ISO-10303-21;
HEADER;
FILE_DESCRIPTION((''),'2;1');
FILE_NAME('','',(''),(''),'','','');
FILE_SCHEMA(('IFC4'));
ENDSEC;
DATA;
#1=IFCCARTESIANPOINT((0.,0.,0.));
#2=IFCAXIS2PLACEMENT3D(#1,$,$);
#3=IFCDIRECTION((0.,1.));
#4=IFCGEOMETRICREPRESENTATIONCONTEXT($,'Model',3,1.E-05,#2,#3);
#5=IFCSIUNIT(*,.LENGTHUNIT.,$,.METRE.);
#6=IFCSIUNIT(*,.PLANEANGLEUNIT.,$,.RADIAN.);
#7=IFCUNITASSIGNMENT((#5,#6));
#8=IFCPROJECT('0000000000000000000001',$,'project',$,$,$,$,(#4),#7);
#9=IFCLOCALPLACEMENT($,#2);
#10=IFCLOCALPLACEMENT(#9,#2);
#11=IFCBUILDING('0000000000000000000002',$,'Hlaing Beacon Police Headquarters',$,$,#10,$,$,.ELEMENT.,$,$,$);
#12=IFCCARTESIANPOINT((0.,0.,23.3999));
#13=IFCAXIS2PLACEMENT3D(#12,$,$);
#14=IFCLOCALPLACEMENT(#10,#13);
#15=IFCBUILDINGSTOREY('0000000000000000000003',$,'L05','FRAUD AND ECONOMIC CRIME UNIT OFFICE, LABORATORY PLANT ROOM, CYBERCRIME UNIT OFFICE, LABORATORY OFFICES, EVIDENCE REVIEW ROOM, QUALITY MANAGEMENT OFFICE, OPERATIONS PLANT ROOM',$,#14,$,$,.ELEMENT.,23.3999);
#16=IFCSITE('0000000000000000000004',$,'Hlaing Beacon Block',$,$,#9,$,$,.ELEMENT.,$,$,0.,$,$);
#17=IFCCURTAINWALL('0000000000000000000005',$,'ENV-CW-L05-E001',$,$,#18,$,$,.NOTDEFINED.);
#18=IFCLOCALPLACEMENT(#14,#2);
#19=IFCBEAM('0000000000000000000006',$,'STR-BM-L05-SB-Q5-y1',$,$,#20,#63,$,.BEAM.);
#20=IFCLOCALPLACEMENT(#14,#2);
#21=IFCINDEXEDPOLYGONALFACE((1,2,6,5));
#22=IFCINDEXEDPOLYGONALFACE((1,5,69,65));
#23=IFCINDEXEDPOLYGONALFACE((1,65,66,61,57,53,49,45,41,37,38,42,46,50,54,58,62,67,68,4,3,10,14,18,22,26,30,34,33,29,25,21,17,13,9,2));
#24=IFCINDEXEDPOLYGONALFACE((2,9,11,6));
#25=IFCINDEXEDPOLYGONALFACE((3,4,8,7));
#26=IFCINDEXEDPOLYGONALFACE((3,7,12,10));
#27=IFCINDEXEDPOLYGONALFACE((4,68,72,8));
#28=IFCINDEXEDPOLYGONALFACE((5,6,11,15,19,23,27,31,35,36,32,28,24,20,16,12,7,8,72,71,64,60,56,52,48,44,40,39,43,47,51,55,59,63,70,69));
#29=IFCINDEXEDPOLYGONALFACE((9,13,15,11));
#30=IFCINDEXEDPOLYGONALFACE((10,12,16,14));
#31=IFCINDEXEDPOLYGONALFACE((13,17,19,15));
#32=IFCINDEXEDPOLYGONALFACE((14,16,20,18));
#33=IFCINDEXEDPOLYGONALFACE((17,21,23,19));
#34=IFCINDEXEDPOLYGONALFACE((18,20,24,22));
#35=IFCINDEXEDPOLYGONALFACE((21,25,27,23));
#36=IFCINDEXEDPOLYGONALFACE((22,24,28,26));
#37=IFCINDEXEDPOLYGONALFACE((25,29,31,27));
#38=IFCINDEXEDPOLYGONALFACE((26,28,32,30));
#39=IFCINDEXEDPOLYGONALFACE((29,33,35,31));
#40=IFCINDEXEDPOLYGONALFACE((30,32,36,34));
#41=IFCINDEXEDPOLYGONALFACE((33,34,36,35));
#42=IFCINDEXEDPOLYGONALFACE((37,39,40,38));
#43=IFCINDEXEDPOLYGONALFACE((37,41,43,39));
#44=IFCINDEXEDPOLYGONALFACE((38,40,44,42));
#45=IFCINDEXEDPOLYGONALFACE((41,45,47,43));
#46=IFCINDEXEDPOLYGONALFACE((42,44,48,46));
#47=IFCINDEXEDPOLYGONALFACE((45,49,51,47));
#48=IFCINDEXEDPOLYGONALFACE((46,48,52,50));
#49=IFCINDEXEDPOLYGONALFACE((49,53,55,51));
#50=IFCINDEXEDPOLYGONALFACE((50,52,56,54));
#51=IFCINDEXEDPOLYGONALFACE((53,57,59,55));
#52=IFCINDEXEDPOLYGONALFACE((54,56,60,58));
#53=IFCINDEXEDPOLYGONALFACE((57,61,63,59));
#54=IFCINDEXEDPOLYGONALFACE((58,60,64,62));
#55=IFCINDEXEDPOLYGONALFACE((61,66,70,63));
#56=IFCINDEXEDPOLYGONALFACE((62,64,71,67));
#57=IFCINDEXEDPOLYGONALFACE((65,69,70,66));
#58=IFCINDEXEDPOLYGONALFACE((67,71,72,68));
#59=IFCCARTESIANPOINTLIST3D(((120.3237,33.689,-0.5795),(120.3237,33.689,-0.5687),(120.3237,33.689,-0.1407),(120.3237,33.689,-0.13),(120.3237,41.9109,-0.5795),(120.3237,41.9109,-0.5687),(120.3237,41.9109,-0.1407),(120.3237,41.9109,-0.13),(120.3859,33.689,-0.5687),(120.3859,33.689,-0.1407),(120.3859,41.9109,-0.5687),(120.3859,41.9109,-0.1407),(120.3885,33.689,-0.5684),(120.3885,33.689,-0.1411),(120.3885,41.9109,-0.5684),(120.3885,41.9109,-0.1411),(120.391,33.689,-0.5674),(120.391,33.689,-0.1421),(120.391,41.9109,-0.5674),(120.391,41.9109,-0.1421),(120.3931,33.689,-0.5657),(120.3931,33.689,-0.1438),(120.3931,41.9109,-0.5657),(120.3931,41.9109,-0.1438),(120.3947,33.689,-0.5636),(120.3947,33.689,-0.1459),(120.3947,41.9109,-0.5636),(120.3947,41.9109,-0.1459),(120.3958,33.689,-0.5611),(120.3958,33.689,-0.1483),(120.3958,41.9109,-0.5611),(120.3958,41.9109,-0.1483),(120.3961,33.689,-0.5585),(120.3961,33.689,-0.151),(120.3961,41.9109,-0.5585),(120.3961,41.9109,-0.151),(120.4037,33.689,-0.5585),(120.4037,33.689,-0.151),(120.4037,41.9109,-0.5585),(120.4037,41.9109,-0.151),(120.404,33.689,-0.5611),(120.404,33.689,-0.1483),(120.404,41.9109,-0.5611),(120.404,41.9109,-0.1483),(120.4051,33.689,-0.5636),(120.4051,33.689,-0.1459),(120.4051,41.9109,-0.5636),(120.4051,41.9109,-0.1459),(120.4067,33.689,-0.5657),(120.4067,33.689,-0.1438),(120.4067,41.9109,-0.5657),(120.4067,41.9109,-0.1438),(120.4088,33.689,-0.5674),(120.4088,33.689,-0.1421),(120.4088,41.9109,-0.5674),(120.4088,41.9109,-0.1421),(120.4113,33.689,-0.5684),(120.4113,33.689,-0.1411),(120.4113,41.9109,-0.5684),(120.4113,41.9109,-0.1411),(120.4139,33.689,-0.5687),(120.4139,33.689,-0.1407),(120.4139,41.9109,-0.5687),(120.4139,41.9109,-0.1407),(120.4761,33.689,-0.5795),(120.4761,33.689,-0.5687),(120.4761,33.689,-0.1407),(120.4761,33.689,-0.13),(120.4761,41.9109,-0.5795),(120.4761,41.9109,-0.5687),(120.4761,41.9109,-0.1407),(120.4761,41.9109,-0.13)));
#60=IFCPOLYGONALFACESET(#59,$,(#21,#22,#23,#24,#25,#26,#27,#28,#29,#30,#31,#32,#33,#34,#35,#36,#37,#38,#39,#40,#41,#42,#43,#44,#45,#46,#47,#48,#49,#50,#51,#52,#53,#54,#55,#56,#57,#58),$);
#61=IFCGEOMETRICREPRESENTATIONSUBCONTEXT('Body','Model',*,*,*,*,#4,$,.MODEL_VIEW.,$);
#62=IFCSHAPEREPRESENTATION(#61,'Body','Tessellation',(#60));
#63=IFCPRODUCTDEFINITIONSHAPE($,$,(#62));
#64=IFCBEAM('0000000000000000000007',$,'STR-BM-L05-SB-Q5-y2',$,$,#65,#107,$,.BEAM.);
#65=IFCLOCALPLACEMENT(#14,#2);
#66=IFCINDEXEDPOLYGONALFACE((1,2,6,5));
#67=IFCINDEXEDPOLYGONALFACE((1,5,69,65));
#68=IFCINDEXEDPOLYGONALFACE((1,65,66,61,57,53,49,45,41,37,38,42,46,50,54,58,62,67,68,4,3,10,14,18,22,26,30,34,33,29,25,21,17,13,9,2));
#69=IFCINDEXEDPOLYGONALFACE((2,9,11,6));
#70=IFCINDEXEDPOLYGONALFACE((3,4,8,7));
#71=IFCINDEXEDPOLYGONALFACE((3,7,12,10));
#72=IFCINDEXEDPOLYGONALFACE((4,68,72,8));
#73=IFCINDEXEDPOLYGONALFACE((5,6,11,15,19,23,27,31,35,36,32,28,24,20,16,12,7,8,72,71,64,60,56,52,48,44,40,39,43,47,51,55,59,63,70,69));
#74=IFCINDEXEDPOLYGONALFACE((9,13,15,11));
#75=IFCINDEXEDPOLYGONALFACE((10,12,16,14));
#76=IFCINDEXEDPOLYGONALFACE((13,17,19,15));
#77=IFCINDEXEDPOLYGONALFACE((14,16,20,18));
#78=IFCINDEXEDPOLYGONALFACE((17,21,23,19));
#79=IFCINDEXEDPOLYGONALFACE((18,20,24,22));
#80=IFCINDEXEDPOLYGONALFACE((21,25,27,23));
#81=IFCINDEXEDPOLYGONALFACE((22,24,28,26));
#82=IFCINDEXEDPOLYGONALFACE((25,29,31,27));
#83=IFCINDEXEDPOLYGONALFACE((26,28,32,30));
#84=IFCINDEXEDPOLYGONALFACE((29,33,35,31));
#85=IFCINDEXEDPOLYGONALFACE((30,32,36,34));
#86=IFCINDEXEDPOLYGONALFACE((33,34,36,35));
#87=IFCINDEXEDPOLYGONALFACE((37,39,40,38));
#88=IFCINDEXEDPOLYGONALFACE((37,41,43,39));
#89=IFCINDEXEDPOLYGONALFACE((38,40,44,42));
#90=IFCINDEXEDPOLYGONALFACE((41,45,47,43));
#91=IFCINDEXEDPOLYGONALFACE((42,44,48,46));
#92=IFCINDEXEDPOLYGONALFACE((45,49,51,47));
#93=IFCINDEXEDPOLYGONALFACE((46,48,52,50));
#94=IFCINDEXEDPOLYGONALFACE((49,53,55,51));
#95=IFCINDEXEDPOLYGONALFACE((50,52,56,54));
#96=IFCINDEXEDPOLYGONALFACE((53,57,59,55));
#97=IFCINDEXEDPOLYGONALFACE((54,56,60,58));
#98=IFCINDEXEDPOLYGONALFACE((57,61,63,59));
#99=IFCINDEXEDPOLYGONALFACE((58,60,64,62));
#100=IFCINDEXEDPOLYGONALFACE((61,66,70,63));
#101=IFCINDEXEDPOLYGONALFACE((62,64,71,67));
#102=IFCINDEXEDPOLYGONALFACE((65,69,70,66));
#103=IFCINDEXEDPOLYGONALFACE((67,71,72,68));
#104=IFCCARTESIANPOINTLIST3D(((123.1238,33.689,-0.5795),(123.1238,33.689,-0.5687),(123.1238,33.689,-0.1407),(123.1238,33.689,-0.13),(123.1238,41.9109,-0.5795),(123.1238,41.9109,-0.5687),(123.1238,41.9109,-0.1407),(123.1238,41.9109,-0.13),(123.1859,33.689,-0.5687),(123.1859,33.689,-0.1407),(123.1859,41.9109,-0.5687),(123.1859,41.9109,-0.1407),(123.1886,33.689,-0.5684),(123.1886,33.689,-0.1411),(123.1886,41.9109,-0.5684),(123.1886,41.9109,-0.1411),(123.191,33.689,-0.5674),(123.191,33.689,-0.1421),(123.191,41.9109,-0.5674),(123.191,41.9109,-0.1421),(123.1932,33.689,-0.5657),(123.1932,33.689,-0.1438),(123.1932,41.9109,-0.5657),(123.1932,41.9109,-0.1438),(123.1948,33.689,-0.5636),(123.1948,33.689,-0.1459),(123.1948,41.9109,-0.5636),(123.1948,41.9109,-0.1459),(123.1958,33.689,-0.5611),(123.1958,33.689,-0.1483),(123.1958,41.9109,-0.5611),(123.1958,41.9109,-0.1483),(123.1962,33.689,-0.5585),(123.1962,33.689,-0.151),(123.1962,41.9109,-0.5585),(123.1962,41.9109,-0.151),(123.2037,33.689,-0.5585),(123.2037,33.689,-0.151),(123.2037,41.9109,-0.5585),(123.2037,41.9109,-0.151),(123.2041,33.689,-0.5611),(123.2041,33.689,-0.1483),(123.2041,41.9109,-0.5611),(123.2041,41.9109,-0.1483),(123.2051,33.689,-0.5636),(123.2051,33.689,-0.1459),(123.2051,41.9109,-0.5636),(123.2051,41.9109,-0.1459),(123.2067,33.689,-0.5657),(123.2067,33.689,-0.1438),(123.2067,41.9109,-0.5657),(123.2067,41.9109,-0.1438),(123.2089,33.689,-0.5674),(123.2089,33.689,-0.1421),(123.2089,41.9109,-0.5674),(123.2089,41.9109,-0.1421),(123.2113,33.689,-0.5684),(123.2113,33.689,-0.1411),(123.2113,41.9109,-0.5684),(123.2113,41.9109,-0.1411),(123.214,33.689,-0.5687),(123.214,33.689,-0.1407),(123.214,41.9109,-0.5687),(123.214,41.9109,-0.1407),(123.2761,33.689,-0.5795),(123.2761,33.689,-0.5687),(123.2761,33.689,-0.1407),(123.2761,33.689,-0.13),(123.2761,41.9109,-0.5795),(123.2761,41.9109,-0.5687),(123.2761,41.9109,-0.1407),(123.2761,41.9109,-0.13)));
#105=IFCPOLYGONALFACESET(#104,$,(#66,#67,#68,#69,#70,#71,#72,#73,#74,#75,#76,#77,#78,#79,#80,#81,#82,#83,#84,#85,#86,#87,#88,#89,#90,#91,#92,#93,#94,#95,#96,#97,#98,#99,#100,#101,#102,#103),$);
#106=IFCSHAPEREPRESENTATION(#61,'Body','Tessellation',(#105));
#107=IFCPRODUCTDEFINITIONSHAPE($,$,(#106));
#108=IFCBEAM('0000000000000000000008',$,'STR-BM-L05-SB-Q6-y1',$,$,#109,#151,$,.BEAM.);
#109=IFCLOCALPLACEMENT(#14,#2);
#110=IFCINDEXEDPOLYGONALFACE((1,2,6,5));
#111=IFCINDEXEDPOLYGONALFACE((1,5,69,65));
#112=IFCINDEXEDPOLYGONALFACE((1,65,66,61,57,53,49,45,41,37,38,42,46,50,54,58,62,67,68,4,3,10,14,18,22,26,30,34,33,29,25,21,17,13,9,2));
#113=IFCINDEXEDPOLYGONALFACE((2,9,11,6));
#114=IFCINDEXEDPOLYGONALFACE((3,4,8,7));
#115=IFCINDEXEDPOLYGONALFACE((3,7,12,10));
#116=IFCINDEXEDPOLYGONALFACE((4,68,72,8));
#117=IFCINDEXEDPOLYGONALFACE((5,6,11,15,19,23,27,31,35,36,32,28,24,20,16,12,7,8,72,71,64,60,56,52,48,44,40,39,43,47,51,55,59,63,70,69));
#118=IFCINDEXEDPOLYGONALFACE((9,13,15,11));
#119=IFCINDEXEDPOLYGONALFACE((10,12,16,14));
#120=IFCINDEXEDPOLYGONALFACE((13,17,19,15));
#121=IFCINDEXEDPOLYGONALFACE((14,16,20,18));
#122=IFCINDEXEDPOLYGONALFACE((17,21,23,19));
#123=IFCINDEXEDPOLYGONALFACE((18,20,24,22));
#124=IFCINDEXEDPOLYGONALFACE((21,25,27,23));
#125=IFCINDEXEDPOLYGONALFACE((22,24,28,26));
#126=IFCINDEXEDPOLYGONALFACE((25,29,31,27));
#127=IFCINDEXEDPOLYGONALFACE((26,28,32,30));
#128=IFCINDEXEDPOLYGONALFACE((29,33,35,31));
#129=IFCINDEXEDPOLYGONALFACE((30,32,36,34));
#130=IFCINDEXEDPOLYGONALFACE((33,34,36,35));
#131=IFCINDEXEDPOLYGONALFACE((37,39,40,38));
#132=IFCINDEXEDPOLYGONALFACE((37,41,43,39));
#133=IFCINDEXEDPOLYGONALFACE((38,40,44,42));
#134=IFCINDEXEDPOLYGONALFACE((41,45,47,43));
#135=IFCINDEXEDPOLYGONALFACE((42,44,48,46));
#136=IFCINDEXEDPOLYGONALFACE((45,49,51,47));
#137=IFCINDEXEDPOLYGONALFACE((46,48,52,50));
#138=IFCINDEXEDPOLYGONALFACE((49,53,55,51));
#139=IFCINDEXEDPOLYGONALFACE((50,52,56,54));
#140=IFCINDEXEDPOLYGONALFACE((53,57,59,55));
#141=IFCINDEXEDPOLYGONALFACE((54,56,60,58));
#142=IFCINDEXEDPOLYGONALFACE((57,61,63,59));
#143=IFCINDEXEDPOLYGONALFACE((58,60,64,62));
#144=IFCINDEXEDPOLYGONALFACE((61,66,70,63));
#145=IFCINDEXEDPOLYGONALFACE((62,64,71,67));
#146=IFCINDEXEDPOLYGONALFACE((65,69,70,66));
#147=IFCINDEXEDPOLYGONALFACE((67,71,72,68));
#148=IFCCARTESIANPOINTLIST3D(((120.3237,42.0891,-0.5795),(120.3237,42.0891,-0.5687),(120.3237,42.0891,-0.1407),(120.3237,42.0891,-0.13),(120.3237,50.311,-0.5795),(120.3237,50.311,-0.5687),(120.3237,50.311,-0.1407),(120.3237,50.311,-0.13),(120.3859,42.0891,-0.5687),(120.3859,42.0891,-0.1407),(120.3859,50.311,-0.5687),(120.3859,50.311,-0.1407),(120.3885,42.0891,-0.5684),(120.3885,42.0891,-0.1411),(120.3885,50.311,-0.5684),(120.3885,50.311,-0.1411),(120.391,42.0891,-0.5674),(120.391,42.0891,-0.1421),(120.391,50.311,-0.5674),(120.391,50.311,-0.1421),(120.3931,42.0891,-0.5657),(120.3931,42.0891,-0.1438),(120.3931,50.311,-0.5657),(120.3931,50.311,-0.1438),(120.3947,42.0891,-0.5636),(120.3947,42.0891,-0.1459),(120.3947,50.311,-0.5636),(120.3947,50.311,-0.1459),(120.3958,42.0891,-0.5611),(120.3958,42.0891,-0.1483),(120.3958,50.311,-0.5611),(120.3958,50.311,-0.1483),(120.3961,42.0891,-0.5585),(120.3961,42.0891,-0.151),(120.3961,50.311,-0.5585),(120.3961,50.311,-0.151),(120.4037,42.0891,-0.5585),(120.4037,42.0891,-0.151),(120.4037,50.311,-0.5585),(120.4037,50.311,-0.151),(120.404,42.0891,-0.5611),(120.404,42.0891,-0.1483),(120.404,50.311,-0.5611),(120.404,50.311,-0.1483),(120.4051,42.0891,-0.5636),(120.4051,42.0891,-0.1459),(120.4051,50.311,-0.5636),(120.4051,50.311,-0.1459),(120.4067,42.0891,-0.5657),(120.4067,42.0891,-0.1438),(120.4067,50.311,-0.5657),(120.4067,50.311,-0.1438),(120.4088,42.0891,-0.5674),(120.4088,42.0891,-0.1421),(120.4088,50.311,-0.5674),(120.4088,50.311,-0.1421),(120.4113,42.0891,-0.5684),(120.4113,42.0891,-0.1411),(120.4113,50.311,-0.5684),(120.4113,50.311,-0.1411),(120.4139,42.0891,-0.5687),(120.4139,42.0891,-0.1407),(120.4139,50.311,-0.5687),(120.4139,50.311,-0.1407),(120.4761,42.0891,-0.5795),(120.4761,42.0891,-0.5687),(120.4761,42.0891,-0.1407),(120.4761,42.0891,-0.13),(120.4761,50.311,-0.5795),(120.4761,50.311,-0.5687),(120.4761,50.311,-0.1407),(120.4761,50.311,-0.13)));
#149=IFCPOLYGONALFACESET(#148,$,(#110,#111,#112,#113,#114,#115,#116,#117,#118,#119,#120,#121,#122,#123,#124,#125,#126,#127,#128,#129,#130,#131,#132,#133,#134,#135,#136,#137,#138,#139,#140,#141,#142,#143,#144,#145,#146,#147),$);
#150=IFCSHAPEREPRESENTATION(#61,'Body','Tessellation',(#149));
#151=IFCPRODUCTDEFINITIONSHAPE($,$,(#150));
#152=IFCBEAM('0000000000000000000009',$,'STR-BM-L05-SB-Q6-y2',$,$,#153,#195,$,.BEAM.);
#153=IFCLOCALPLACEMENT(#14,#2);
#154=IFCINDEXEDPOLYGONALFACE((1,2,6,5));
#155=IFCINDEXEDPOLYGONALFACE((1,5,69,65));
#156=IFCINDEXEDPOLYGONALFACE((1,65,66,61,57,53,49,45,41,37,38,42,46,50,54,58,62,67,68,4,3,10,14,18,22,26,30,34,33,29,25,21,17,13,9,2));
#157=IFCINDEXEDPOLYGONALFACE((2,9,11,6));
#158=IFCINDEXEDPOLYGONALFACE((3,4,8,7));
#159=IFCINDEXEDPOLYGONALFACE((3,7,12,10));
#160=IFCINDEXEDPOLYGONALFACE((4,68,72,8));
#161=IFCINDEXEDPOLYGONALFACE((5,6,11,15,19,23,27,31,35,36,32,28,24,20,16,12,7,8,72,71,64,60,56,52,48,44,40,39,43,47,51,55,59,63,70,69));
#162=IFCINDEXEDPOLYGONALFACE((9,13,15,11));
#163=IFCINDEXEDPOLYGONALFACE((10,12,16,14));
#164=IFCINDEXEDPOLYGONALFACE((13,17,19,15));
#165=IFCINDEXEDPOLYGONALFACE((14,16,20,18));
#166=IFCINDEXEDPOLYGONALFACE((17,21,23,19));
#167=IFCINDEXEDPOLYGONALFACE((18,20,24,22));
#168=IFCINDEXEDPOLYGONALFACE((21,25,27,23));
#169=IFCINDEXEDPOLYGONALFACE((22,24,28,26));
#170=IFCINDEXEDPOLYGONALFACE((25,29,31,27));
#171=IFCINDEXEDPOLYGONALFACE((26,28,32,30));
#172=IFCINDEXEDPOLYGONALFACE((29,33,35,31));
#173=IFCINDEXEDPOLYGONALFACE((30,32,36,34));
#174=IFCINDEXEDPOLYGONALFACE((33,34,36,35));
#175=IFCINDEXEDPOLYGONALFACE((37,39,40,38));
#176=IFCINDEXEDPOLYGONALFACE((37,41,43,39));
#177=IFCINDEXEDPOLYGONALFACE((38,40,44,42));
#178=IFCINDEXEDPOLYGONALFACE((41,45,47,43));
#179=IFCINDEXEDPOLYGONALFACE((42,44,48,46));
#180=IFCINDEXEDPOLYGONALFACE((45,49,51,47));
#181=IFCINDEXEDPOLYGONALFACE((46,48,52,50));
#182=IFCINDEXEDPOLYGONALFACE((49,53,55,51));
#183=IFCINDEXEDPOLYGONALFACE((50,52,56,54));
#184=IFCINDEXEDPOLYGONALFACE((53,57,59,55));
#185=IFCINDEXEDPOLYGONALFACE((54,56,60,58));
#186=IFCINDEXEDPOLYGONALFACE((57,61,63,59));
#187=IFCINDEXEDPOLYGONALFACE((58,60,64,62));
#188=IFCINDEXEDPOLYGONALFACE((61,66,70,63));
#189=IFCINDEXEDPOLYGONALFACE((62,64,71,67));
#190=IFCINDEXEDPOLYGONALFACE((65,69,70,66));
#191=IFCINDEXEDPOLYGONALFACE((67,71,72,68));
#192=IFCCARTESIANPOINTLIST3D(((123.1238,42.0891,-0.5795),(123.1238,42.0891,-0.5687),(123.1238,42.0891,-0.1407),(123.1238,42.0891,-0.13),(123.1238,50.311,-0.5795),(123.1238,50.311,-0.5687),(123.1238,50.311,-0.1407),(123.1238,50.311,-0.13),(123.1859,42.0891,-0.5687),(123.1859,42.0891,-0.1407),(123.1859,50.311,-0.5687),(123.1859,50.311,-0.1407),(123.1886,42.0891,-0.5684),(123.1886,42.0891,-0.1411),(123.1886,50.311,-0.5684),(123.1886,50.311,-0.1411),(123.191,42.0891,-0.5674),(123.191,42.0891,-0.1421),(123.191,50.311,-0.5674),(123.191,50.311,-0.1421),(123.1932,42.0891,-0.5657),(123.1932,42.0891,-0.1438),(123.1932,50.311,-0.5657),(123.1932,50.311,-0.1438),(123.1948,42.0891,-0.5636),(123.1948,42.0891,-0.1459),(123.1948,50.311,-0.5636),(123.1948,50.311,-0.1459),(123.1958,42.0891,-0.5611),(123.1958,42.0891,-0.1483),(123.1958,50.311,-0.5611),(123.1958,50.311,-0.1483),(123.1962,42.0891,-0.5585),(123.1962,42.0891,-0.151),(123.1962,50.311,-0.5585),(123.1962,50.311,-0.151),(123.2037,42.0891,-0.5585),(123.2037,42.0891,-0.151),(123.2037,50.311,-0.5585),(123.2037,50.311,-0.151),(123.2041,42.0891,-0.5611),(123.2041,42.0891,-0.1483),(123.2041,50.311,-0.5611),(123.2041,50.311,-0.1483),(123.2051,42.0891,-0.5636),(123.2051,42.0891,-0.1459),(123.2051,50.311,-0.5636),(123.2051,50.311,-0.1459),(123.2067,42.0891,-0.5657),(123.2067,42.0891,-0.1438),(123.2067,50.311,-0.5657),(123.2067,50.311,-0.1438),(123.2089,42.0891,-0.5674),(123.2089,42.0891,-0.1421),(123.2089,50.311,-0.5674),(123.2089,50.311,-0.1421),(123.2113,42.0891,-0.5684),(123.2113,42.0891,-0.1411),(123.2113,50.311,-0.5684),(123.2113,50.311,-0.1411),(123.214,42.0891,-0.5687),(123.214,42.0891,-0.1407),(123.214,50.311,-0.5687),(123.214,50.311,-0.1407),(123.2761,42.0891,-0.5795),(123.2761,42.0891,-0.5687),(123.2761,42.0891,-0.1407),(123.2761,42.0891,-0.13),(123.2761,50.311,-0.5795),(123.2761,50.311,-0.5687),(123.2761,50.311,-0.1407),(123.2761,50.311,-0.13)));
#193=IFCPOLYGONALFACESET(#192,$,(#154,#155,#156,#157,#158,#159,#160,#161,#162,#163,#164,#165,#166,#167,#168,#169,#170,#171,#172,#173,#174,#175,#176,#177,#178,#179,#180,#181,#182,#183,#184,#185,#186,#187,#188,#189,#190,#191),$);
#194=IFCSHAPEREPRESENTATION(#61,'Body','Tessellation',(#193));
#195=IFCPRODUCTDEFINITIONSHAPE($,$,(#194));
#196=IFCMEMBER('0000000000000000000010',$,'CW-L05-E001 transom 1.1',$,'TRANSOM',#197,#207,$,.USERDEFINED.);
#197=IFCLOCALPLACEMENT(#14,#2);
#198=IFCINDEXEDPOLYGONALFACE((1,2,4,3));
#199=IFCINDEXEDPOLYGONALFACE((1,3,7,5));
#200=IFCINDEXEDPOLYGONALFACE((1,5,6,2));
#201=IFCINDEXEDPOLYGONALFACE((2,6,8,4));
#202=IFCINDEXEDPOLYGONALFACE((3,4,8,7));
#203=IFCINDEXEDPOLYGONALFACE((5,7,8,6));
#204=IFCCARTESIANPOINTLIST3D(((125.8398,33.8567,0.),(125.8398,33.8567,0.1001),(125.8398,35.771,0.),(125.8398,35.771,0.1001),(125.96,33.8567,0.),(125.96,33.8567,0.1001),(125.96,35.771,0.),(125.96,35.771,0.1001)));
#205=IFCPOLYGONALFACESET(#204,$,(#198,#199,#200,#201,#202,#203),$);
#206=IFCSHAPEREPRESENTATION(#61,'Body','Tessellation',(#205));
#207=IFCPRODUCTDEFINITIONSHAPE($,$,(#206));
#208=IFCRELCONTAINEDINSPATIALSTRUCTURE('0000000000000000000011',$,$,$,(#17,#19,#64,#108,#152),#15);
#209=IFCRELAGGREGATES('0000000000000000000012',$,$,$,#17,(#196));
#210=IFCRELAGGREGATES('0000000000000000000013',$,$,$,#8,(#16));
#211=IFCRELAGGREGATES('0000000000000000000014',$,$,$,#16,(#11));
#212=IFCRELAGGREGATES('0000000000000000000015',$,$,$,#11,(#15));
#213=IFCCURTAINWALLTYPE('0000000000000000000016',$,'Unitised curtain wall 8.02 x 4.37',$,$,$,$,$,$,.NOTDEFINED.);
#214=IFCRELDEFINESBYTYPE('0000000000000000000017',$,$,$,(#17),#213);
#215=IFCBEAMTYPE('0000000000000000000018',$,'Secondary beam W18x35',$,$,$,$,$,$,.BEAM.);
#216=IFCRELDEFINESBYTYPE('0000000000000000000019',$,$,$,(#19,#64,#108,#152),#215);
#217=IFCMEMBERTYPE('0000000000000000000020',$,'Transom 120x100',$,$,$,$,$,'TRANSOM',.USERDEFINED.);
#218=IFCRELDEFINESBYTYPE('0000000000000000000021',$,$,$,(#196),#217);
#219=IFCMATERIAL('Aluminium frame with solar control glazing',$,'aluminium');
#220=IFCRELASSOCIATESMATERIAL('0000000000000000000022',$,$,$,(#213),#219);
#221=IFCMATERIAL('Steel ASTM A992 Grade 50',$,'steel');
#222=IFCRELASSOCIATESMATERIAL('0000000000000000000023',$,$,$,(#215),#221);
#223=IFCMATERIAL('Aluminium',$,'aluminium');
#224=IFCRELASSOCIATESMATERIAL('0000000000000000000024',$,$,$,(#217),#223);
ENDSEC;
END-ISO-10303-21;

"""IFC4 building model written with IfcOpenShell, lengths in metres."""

from ifc_helpers import new_model, si_unit, direction, frame, origin, origin_2d, place, context, subcontext, project, spatial, rectangle, i_section, extrude, material, material_profile, profile_set, type_object, element, aggregate, save


model = new_model("IFC4")

# Units and contexts
model_context = context("Model", 3, precision=1e-05, world=origin(), true_north=direction((0.0, 1.0)))
body_context = subcontext(model_context, "Body", "Model", "MODEL_VIEW")
ifc_project = project(units=[si_unit("LENGTHUNIT", "METRE"), si_unit("PLANEANGLEUNIT", "RADIAN")], contexts=[model_context])

# Site, building, storey
site_placement = place(None, origin())
site = spatial("IfcSite", under=ifc_project, at=site_placement, Name="Hlaing Beacon Block", CompositionType="ELEMENT", RefElevation=0.0)
building_placement = place(site_placement, origin())
building = spatial("IfcBuilding", under=site, at=building_placement, Name="Hlaing Beacon Police Headquarters", CompositionType="ELEMENT")
storey_placement = place(building_placement, frame((0.0, 0.0, 23.3999)))
storey = spatial("IfcBuildingStorey", under=building, at=storey_placement, Name="L05", Description="FRAUD AND ECONOMIC CRIME UNIT OFFICE, LABORATORY PLANT ROOM, CYBERCRIME UNIT OFFICE, LABORATORY OFFICES, EVIDENCE REVIEW ROOM, QUALITY MANAGEMENT OFFICE, OPERATIONS PLANT ROOM", CompositionType="ELEMENT", Elevation=23.3999)

# Curtain wall
ifc_material_1 = material(Name="Aluminium frame with solar control glazing", Category="aluminium")
curtain_wall_type = type_object("IfcCurtainWallType", Name="Unitised curtain wall 8.02 x 4.37", PredefinedType="NOTDEFINED", material=ifc_material_1)
curtain_wall_placement = place(storey_placement, origin())
curtain_wall = element("IfcCurtainWall", 1, at=curtain_wall_placement, inside=storey, type_object=curtain_wall_type, Name="ENV-CW-L05-E001", PredefinedType="NOTDEFINED")

# Beams
ifc_material_2 = material(Name="Steel ASTM A992 Grade 50", Category="steel")
ifc_material_profile_1 = material_profile(ifc_material_2, i_section(OverallWidth=0.1523, OverallDepth=0.4495, WebThickness=0.0076, FlangeThickness=0.0107, FilletRadius=0.0103, at=origin_2d()), Name="W18x35")
ifc_profile_set_1 = profile_set([ifc_material_profile_1], Name="Steel ASTM A992 Grade 50")
beam_type_1 = type_object("IfcBeamType", Name="Secondary beam W18x35", PredefinedType="BEAM", material=ifc_profile_set_1)
for number, where, z_axis, x_axis, name in (
    (2, (120.3999, 33.689, -0.3547), (0.0, 1.0, 0.0), (-1.0, 0.0, 0.0), "STR-BM-L05-SB-Q5-y1"),
    (3, (123.2, 33.689, -0.3547), (0.0, 1.0, 0.0), (-1.0, 0.0, 0.0), "STR-BM-L05-SB-Q5-y2"),
    (4, (120.3999, 42.0891, -0.3547), (0.0, 1.0, 0.0), (-1.0, 0.0, 0.0), "STR-BM-L05-SB-Q6-y1"),
    (5, (123.2, 42.0891, -0.3547), (0.0, 1.0, 0.0), (-1.0, 0.0, 0.0), "STR-BM-L05-SB-Q6-y2"),
):
    element("IfcBeam", number, at=place(storey_placement, frame(where, z_axis=z_axis, x_axis=x_axis)), inside=storey, type_object=beam_type_1, Name=name, PredefinedType="BEAM", context=body_context, shape_type="SweptSolid", body=[
        extrude(i_section(OverallWidth=0.1523, OverallDepth=0.4495, WebThickness=0.0076, FlangeThickness=0.0107, FilletRadius=0.0103, at=origin_2d()), origin(), (0.0, 0.0, 1.0), 8.2219),
    ])

# Member
ifc_material_3 = material(Name="Aluminium", Category="aluminium")
ifc_material_profile_2 = material_profile(ifc_material_3, rectangle(XDim=0.1201, YDim=0.1001, at=origin_2d()), Name="Transom 120x100")
ifc_profile_set_2 = profile_set([ifc_material_profile_2], Name="Aluminium")
member_type_1 = type_object("IfcMemberType", Name="Transom 120x100", ElementType="TRANSOM", PredefinedType="USERDEFINED", material=ifc_profile_set_2)
member_1_placement = place(storey_placement, frame((125.8999, 33.8567, 0.05), z_axis=(0.0, 1.0, 0.0), x_axis=(-1.0, 0.0, 0.0)))
member_1 = element("IfcMember", 6, at=member_1_placement, type_object=member_type_1, Name="CW-L05-E001 transom 1.1", ObjectType="TRANSOM", PredefinedType="USERDEFINED", context=body_context, shape_type="SweptSolid", body=[
    extrude(rectangle(XDim=0.1201, YDim=0.1001, at=origin_2d()), origin(), (0.0, 0.0, 1.0), 1.9143),
])
aggregate(curtain_wall, [member_1])

save(model, "model.ifc")
